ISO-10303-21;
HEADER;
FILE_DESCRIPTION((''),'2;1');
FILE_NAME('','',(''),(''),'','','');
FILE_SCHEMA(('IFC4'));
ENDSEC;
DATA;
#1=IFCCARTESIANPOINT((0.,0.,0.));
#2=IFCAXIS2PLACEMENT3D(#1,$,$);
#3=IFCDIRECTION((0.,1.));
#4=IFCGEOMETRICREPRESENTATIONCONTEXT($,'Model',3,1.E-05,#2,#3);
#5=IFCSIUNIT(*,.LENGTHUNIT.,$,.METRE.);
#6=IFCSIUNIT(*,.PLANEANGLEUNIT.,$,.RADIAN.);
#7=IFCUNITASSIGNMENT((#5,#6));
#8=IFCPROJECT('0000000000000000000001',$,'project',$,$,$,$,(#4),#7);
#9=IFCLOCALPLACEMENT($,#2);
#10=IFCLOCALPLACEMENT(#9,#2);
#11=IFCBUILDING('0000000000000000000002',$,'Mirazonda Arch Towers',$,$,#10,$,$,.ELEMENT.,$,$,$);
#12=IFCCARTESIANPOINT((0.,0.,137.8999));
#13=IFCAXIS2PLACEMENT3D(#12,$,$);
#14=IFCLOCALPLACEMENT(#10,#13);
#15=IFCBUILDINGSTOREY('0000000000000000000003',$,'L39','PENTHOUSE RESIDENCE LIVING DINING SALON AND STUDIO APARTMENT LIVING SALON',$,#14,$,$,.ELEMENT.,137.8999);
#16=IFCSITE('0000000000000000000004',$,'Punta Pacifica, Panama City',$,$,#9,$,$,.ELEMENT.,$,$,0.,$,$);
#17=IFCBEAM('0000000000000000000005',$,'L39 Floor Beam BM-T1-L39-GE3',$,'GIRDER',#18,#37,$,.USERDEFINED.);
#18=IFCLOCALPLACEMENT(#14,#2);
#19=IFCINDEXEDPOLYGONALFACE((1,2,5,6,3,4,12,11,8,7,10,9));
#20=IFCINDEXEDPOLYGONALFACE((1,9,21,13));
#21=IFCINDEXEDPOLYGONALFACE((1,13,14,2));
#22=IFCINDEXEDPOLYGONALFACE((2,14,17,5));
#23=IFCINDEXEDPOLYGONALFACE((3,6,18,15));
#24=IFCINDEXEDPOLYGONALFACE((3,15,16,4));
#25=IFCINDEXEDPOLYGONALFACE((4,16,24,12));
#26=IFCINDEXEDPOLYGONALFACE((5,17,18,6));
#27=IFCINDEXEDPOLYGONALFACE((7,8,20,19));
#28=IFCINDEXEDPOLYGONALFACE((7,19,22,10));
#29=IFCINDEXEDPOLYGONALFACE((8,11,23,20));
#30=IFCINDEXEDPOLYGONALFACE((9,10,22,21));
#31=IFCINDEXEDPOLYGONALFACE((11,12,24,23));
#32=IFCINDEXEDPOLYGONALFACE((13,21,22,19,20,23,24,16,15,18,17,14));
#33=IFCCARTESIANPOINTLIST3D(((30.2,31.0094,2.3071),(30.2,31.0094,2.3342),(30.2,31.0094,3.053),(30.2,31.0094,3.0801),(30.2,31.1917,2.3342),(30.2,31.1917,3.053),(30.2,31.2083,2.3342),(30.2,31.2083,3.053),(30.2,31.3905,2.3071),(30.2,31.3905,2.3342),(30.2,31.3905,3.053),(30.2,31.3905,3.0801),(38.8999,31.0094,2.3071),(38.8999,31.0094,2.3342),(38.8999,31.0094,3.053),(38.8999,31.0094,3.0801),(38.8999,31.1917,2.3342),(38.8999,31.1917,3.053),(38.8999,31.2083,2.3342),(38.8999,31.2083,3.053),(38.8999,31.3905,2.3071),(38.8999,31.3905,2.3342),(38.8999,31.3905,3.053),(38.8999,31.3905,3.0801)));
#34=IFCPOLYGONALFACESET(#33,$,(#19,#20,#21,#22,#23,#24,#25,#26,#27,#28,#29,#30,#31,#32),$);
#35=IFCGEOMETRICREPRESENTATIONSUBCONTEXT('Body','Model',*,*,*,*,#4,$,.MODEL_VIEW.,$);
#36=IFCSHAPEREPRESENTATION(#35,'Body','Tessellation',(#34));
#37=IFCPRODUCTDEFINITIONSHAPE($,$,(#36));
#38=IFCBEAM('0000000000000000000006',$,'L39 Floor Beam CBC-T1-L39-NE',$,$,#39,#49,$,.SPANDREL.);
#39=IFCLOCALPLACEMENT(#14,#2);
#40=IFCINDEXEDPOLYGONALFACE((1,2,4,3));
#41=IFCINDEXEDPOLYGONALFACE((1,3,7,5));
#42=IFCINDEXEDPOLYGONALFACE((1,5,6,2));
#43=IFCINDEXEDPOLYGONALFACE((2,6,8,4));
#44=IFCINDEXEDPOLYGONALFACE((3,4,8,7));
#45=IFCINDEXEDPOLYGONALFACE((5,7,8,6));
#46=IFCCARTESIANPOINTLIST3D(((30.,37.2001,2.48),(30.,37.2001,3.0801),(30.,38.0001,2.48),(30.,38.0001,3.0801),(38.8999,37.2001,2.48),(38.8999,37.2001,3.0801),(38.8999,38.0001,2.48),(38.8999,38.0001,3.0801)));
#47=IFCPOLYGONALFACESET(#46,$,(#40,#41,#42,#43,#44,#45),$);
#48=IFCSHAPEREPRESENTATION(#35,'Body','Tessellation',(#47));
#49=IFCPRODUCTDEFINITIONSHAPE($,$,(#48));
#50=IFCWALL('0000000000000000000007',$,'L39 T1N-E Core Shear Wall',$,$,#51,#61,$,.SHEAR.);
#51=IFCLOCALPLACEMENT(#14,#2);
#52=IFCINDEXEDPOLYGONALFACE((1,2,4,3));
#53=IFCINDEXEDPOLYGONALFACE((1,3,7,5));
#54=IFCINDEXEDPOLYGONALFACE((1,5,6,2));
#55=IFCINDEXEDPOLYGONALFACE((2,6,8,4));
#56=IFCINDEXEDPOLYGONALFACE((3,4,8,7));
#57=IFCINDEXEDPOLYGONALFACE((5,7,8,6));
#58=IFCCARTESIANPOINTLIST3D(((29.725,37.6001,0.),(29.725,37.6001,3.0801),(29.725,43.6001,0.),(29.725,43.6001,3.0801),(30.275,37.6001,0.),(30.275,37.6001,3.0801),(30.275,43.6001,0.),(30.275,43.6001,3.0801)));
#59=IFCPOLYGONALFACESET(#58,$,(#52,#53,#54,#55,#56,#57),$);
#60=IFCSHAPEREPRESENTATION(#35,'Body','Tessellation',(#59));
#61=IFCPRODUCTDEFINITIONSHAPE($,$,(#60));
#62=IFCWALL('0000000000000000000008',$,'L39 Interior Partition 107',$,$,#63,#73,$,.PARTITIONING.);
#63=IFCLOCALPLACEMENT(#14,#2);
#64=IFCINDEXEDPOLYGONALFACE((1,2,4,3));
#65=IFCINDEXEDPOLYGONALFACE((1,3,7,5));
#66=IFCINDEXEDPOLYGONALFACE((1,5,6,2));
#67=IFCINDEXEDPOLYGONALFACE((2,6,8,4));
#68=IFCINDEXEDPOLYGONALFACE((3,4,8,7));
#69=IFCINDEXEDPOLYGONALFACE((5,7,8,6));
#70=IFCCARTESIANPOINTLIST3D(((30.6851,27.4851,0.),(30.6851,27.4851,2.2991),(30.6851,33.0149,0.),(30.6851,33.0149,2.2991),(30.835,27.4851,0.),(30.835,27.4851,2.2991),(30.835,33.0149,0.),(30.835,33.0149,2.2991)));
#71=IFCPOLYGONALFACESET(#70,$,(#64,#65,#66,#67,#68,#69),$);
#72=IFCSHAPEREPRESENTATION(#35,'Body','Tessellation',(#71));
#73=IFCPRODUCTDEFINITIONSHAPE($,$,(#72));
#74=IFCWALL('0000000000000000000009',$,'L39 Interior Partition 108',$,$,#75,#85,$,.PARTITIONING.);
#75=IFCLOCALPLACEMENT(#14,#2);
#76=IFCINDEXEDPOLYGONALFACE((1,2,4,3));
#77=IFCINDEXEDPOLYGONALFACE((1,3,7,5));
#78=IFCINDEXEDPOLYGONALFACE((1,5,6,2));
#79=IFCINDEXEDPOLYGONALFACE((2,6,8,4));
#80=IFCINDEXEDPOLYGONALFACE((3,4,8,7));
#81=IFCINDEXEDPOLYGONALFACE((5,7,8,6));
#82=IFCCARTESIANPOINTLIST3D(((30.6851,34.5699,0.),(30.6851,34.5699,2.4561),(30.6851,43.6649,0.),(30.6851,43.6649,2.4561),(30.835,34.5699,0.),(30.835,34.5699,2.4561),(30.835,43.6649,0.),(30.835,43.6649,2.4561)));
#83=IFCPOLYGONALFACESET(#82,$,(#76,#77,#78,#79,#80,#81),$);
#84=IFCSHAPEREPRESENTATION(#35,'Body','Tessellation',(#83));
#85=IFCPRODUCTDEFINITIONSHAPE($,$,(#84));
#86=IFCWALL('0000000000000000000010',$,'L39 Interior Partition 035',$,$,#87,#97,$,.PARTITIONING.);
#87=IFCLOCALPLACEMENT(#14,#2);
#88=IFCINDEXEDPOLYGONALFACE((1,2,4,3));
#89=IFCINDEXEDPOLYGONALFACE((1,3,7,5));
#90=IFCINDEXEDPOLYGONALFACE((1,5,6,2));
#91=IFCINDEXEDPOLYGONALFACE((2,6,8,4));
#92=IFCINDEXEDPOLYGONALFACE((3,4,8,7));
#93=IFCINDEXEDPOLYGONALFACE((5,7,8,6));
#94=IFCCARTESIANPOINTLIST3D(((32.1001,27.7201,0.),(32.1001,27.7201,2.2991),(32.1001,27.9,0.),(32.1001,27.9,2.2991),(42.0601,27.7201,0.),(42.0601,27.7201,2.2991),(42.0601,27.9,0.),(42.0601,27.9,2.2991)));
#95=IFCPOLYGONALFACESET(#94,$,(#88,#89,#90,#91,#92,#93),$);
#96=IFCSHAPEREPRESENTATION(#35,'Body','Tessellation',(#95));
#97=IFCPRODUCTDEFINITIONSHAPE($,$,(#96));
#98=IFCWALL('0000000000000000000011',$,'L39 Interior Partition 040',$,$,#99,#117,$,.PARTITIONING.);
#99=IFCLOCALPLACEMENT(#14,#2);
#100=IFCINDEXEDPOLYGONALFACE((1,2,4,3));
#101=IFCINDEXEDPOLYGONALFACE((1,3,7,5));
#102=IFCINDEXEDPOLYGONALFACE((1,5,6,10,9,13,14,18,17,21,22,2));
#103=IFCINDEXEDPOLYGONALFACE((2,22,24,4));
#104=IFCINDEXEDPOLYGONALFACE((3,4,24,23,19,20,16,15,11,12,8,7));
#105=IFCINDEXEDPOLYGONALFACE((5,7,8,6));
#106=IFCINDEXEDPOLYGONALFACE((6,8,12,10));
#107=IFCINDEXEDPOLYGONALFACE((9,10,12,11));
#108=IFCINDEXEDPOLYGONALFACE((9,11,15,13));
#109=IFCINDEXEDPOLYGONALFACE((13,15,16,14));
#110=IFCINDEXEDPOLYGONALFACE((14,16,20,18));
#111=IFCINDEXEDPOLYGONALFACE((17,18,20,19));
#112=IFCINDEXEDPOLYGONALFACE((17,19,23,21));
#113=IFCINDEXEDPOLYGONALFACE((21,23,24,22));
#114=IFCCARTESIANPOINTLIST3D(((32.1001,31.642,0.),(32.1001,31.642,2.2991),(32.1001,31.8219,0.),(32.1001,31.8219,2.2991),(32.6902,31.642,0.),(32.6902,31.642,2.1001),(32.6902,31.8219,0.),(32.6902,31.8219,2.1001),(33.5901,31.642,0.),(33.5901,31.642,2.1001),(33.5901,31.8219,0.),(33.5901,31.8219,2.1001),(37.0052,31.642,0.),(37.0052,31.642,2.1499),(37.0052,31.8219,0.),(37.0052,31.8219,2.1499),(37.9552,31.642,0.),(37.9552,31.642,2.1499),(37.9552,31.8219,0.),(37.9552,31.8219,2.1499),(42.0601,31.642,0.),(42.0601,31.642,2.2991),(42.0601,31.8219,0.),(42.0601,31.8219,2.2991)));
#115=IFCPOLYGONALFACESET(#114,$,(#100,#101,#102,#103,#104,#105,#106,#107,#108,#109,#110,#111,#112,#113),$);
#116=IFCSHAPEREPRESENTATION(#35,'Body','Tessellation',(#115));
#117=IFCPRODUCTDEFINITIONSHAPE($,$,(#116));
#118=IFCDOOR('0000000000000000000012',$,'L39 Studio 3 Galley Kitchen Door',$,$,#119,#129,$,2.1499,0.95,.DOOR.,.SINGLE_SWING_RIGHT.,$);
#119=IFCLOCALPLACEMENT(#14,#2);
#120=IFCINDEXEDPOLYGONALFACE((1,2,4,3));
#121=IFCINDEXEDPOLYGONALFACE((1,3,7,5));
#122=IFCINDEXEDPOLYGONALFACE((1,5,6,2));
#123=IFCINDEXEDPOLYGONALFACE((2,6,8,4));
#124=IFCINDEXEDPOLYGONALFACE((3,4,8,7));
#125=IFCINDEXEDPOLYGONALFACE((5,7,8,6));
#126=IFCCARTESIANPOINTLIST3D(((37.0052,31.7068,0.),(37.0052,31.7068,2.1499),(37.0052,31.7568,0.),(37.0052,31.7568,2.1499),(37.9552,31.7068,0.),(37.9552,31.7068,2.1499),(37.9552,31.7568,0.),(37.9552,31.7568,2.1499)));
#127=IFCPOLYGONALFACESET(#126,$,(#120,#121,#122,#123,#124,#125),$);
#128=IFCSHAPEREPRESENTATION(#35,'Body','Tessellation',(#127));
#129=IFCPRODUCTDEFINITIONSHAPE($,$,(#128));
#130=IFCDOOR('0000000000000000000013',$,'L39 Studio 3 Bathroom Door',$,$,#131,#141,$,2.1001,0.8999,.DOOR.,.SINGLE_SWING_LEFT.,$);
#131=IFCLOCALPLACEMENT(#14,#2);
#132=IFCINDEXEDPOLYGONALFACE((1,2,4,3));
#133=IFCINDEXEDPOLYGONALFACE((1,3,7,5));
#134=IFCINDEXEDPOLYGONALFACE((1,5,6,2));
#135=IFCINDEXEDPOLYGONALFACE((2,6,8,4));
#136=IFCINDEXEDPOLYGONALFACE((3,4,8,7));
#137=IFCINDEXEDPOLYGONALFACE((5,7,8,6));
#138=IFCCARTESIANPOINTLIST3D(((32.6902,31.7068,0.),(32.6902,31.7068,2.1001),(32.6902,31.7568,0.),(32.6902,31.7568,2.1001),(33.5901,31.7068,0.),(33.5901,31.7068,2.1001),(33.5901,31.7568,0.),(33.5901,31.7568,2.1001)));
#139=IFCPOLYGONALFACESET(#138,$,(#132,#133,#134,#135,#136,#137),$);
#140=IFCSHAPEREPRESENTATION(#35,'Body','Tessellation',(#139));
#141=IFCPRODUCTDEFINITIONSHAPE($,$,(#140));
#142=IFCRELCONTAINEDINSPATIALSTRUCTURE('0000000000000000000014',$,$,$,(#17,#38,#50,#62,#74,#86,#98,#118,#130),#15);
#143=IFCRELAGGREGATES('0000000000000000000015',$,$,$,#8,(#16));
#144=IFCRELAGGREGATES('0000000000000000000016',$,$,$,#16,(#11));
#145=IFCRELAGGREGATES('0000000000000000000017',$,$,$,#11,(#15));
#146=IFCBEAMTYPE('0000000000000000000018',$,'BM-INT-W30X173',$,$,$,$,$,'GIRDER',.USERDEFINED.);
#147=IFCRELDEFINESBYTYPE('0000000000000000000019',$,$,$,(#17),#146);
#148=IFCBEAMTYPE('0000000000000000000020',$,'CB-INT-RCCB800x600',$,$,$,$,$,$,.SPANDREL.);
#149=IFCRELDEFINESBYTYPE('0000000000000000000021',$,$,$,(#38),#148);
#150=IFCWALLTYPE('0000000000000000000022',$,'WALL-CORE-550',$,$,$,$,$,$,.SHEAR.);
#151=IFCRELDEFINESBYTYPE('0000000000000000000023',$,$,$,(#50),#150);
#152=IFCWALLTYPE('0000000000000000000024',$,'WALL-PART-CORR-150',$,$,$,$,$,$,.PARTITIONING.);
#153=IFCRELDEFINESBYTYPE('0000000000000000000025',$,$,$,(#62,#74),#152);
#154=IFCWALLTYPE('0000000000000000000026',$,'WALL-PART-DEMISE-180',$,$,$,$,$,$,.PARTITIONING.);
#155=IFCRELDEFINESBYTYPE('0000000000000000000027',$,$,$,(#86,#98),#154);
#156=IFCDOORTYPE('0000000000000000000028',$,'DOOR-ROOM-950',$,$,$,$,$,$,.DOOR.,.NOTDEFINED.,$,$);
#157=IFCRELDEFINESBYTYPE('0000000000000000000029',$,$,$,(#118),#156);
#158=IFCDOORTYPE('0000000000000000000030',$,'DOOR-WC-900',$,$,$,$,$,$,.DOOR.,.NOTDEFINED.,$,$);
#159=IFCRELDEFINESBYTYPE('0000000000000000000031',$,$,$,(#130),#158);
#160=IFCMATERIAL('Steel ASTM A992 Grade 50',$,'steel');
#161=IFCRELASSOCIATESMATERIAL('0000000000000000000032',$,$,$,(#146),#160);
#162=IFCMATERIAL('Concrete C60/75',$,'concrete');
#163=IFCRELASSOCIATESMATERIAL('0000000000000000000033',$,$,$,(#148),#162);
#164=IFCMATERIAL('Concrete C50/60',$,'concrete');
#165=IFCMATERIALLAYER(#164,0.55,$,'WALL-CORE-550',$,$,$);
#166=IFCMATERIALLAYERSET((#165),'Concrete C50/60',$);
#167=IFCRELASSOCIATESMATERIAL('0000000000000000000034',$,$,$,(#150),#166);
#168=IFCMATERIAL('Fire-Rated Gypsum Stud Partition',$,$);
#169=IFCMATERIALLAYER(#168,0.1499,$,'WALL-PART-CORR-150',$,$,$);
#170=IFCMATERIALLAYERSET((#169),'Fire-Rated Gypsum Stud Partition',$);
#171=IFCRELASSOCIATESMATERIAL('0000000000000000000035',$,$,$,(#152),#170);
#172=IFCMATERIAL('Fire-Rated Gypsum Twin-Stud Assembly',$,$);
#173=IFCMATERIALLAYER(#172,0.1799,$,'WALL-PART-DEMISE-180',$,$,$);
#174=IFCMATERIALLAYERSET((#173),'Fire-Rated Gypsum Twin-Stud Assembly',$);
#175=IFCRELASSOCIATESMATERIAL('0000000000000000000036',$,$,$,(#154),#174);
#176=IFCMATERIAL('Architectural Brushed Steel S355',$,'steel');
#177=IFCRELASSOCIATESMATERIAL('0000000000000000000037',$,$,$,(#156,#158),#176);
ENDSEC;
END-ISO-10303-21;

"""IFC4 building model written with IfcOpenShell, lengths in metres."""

from ifc_helpers import new_model, si_unit, direction, frame, frame_2d, origin, origin_2d, place, context, subcontext, project, spatial, rectangle, i_section, extrude, material, layer, layer_set, material_profile, profile_set, type_object, element, fill, save


model = new_model("IFC4")

# Units and contexts
model_context = context("Model", 3, precision=1e-05, world=origin(), true_north=direction((0.0, 1.0)))
body_context = subcontext(model_context, "Body", "Model", "MODEL_VIEW")
ifc_project = project(units=[si_unit("LENGTHUNIT", "METRE"), si_unit("PLANEANGLEUNIT", "RADIAN")], contexts=[model_context])

# Site, building, storey
site_placement = place(None, origin())
site = spatial("IfcSite", under=ifc_project, at=site_placement, Name="Punta Pacifica, Panama City", CompositionType="ELEMENT", RefElevation=0.0)
building_placement = place(site_placement, origin())
building = spatial("IfcBuilding", under=site, at=building_placement, Name="Mirazonda Arch Towers", CompositionType="ELEMENT")
storey_placement = place(building_placement, frame((0.0, 0.0, 137.8999)))
storey = spatial("IfcBuildingStorey", under=building, at=storey_placement, Name="L39", Description="PENTHOUSE RESIDENCE LIVING DINING SALON AND STUDIO APARTMENT LIVING SALON", CompositionType="ELEMENT", Elevation=137.8999)

# Beams
ifc_material_1 = material(Name="Steel ASTM A992 Grade 50", Category="steel")
ifc_material_profile_1 = material_profile(ifc_material_1, i_section(OverallWidth=0.3811, OverallDepth=0.7729, WebThickness=0.0166, FlangeThickness=0.0271, at=origin_2d()), Name="W30X173")
ifc_profile_set_1 = profile_set([ifc_material_profile_1], Name="Steel ASTM A992 Grade 50")
beam_type_1 = type_object("IfcBeamType", Name="BM-INT-W30X173", ElementType="GIRDER", PredefinedType="USERDEFINED", material=ifc_profile_set_1)
beam_1_placement = place(storey_placement, frame((30.2, 31.2, 2.6936), z_axis=(1.0, 0.0, 0.0), x_axis=(0.0, 1.0, 0.0)))
element("IfcBeam", 1, at=beam_1_placement, inside=storey, type_object=beam_type_1, Name="L39 Floor Beam BM-T1-L39-GE3", ObjectType="GIRDER", PredefinedType="USERDEFINED", context=body_context, shape_type="SweptSolid", body=[
    extrude(i_section(OverallWidth=0.3811, OverallDepth=0.7729, WebThickness=0.0166, FlangeThickness=0.0271, at=origin_2d()), origin(), (0.0, 0.0, 1.0), 8.7),
])
ifc_material_2 = material(Name="Concrete C60/75", Category="concrete")
ifc_material_profile_2 = material_profile(ifc_material_2, rectangle(XDim=0.8, YDim=0.6001, at=origin_2d()), Name="RCCB800x600")
ifc_profile_set_2 = profile_set([ifc_material_profile_2], Name="Concrete C60/75")
beam_type_2 = type_object("IfcBeamType", Name="CB-INT-RCCB800x600", PredefinedType="SPANDREL", material=ifc_profile_set_2)
beam_2_placement = place(storey_placement, frame((30.0, 37.6001, 2.78), z_axis=(1.0, 0.0, 0.0), x_axis=(0.0, 1.0, 0.0)))
element("IfcBeam", 2, at=beam_2_placement, inside=storey, type_object=beam_type_2, Name="L39 Floor Beam CBC-T1-L39-NE", PredefinedType="SPANDREL", context=body_context, shape_type="SweptSolid", body=[
    extrude(rectangle(XDim=0.8, YDim=0.6001, at=origin_2d()), origin(), (0.0, 0.0, 1.0), 8.8999),
])

# Walls
ifc_material_3 = material(Name="Concrete C50/60", Category="concrete")
ifc_layer_1 = layer(ifc_material_3, 0.55, Name="WALL-CORE-550")
ifc_layer_set_1 = layer_set([ifc_layer_1], Name="Concrete C50/60")
wall_type_1 = type_object("IfcWallType", Name="WALL-CORE-550", PredefinedType="SHEAR", material=ifc_layer_set_1)
wall_1_placement = place(storey_placement, frame((30.0, 37.6001, 0.0), z_axis=(0.0, 0.0, 1.0), x_axis=(0.0, 1.0, 0.0)))
element("IfcWall", 3, at=wall_1_placement, inside=storey, type_object=wall_type_1, Name="L39 T1N-E Core Shear Wall", PredefinedType="SHEAR", context=body_context, shape_type="SweptSolid", body=[
    extrude(rectangle(XDim=6.0, YDim=0.55, at=frame_2d((3.0, 0.0))), origin(), (0.0, 0.0, 1.0), 3.0801),
])
ifc_material_4 = material(Name="Fire-Rated Gypsum Stud Partition")
ifc_layer_2 = layer(ifc_material_4, 0.1499, Name="WALL-PART-CORR-150")
ifc_layer_set_2 = layer_set([ifc_layer_2], Name="Fire-Rated Gypsum Stud Partition")
wall_type_2 = type_object("IfcWallType", Name="WALL-PART-CORR-150", PredefinedType="PARTITIONING", material=ifc_layer_set_2)
wall_2_placement = place(storey_placement, frame((30.76, 27.4851, 0.0), z_axis=(0.0, 0.0, 1.0), x_axis=(0.0, 1.0, 0.0)))
element("IfcWall", 4, at=wall_2_placement, inside=storey, type_object=wall_type_2, Name="L39 Interior Partition 107", PredefinedType="PARTITIONING", context=body_context, shape_type="SweptSolid", body=[
    extrude(rectangle(XDim=5.5298, YDim=0.1499, at=frame_2d((2.7649, 0.0))), origin(), (0.0, 0.0, 1.0), 2.2991),
])
wall_3_placement = place(storey_placement, frame((30.76, 34.5701, 0.0), z_axis=(0.0, 0.0, 1.0), x_axis=(0.0, 1.0, 0.0)))
element("IfcWall", 5, at=wall_3_placement, inside=storey, type_object=wall_type_2, Name="L39 Interior Partition 108", PredefinedType="PARTITIONING", context=body_context, shape_type="SweptSolid", body=[
    extrude(rectangle(XDim=9.095, YDim=0.1499, at=frame_2d((4.5474, 0.0))), origin(), (0.0, 0.0, 1.0), 2.4561),
])
ifc_material_5 = material(Name="Fire-Rated Gypsum Twin-Stud Assembly")
ifc_layer_3 = layer(ifc_material_5, 0.1799, Name="WALL-PART-DEMISE-180")
ifc_layer_set_3 = layer_set([ifc_layer_3], Name="Fire-Rated Gypsum Twin-Stud Assembly")
wall_type_3 = type_object("IfcWallType", Name="WALL-PART-DEMISE-180", PredefinedType="PARTITIONING", material=ifc_layer_set_3)
wall_4_placement = place(storey_placement, frame((32.1001, 27.8101, 0.0), z_axis=(0.0, 0.0, 1.0), x_axis=(1.0, 0.0, 0.0)))
element("IfcWall", 6, at=wall_4_placement, inside=storey, type_object=wall_type_3, Name="L39 Interior Partition 035", PredefinedType="PARTITIONING", context=body_context, shape_type="SweptSolid", body=[
    extrude(rectangle(XDim=9.96, YDim=0.1799, at=frame_2d((4.98, 0.0))), origin(), (0.0, 0.0, 1.0), 2.2991),
])

# Wall, openings, doors
wall_5_placement = place(storey_placement, frame((32.1001, 31.7319, 0.0), z_axis=(0.0, 0.0, 1.0), x_axis=(1.0, 0.0, 0.0)))
wall_5 = element("IfcWall", 7, at=wall_5_placement, inside=storey, type_object=wall_type_3, Name="L39 Interior Partition 040", PredefinedType="PARTITIONING", context=body_context, shape_type="SweptSolid", body=[
    extrude(rectangle(XDim=9.96, YDim=0.1799, at=frame_2d((4.98, 0.0))), origin(), (0.0, 0.0, 1.0), 2.2991),
])
opening_1_placement = place(wall_5_placement, frame((4.905, 0.0, 0.0)))
opening_1 = element("IfcOpeningElement", 8, at=opening_1_placement, cuts=wall_5, PredefinedType="OPENING", context=body_context, shape_type="SweptSolid", body=[
    extrude(rectangle(XDim=0.95, YDim=2.1499, at=frame_2d((0.4751, 1.075))), frame((0.0, 0.0999, 0.0), z_axis=(0.0, -1.0, 0.0), x_axis=(1.0, 0.0, 0.0)), (0.0, 0.0, 1.0), 0.2),
])
opening_2_placement = place(wall_5_placement, frame((0.5901, 0.0, 0.0)))
opening_2 = element("IfcOpeningElement", 9, at=opening_2_placement, cuts=wall_5, PredefinedType="OPENING", context=body_context, shape_type="SweptSolid", body=[
    extrude(rectangle(XDim=0.8999, YDim=2.1001, at=frame_2d((0.45, 1.05))), frame((0.0, 0.0999, 0.0), z_axis=(0.0, -1.0, 0.0), x_axis=(1.0, 0.0, 0.0)), (0.0, 0.0, 1.0), 0.2),
])
ifc_material_6 = material(Name="Architectural Brushed Steel S355", Category="steel")
door_type_1 = type_object("IfcDoorType", Name="DOOR-ROOM-950", OperationType="NOTDEFINED", PredefinedType="DOOR", material=ifc_material_6)
door_1_placement = place(opening_1_placement, origin())
door_1 = element("IfcDoor", 10, at=door_1_placement, inside=storey, type_object=door_type_1, Name="L39 Studio 3 Galley Kitchen Door", OperationType="SINGLE_SWING_RIGHT", OverallHeight=2.1499, OverallWidth=0.95, PredefinedType="DOOR", context=body_context, shape_type="SweptSolid", body=[
    extrude(rectangle(XDim=0.95, YDim=2.1499, at=frame_2d((0.4751, 1.075))), frame((0.0, 0.0249, 0.0), z_axis=(0.0, -1.0, 0.0), x_axis=(1.0, 0.0, 0.0)), (0.0, 0.0, 1.0), 0.05),
])
fill(opening_1, door_1)
door_type_2 = type_object("IfcDoorType", Name="DOOR-WC-900", OperationType="NOTDEFINED", PredefinedType="DOOR", material=ifc_material_6)
door_2_placement = place(opening_2_placement, origin())
door_2 = element("IfcDoor", 11, at=door_2_placement, inside=storey, type_object=door_type_2, Name="L39 Studio 3 Bathroom Door", OperationType="SINGLE_SWING_LEFT", OverallHeight=2.1001, OverallWidth=0.8999, PredefinedType="DOOR", context=body_context, shape_type="SweptSolid", body=[
    extrude(rectangle(XDim=0.8999, YDim=2.1001, at=frame_2d((0.45, 1.05))), frame((0.0, 0.0249, 0.0), z_axis=(0.0, -1.0, 0.0), x_axis=(1.0, 0.0, 0.0)), (0.0, 0.0, 1.0), 0.05),
])
fill(opening_2, door_2)

save(model, "model.ifc")
